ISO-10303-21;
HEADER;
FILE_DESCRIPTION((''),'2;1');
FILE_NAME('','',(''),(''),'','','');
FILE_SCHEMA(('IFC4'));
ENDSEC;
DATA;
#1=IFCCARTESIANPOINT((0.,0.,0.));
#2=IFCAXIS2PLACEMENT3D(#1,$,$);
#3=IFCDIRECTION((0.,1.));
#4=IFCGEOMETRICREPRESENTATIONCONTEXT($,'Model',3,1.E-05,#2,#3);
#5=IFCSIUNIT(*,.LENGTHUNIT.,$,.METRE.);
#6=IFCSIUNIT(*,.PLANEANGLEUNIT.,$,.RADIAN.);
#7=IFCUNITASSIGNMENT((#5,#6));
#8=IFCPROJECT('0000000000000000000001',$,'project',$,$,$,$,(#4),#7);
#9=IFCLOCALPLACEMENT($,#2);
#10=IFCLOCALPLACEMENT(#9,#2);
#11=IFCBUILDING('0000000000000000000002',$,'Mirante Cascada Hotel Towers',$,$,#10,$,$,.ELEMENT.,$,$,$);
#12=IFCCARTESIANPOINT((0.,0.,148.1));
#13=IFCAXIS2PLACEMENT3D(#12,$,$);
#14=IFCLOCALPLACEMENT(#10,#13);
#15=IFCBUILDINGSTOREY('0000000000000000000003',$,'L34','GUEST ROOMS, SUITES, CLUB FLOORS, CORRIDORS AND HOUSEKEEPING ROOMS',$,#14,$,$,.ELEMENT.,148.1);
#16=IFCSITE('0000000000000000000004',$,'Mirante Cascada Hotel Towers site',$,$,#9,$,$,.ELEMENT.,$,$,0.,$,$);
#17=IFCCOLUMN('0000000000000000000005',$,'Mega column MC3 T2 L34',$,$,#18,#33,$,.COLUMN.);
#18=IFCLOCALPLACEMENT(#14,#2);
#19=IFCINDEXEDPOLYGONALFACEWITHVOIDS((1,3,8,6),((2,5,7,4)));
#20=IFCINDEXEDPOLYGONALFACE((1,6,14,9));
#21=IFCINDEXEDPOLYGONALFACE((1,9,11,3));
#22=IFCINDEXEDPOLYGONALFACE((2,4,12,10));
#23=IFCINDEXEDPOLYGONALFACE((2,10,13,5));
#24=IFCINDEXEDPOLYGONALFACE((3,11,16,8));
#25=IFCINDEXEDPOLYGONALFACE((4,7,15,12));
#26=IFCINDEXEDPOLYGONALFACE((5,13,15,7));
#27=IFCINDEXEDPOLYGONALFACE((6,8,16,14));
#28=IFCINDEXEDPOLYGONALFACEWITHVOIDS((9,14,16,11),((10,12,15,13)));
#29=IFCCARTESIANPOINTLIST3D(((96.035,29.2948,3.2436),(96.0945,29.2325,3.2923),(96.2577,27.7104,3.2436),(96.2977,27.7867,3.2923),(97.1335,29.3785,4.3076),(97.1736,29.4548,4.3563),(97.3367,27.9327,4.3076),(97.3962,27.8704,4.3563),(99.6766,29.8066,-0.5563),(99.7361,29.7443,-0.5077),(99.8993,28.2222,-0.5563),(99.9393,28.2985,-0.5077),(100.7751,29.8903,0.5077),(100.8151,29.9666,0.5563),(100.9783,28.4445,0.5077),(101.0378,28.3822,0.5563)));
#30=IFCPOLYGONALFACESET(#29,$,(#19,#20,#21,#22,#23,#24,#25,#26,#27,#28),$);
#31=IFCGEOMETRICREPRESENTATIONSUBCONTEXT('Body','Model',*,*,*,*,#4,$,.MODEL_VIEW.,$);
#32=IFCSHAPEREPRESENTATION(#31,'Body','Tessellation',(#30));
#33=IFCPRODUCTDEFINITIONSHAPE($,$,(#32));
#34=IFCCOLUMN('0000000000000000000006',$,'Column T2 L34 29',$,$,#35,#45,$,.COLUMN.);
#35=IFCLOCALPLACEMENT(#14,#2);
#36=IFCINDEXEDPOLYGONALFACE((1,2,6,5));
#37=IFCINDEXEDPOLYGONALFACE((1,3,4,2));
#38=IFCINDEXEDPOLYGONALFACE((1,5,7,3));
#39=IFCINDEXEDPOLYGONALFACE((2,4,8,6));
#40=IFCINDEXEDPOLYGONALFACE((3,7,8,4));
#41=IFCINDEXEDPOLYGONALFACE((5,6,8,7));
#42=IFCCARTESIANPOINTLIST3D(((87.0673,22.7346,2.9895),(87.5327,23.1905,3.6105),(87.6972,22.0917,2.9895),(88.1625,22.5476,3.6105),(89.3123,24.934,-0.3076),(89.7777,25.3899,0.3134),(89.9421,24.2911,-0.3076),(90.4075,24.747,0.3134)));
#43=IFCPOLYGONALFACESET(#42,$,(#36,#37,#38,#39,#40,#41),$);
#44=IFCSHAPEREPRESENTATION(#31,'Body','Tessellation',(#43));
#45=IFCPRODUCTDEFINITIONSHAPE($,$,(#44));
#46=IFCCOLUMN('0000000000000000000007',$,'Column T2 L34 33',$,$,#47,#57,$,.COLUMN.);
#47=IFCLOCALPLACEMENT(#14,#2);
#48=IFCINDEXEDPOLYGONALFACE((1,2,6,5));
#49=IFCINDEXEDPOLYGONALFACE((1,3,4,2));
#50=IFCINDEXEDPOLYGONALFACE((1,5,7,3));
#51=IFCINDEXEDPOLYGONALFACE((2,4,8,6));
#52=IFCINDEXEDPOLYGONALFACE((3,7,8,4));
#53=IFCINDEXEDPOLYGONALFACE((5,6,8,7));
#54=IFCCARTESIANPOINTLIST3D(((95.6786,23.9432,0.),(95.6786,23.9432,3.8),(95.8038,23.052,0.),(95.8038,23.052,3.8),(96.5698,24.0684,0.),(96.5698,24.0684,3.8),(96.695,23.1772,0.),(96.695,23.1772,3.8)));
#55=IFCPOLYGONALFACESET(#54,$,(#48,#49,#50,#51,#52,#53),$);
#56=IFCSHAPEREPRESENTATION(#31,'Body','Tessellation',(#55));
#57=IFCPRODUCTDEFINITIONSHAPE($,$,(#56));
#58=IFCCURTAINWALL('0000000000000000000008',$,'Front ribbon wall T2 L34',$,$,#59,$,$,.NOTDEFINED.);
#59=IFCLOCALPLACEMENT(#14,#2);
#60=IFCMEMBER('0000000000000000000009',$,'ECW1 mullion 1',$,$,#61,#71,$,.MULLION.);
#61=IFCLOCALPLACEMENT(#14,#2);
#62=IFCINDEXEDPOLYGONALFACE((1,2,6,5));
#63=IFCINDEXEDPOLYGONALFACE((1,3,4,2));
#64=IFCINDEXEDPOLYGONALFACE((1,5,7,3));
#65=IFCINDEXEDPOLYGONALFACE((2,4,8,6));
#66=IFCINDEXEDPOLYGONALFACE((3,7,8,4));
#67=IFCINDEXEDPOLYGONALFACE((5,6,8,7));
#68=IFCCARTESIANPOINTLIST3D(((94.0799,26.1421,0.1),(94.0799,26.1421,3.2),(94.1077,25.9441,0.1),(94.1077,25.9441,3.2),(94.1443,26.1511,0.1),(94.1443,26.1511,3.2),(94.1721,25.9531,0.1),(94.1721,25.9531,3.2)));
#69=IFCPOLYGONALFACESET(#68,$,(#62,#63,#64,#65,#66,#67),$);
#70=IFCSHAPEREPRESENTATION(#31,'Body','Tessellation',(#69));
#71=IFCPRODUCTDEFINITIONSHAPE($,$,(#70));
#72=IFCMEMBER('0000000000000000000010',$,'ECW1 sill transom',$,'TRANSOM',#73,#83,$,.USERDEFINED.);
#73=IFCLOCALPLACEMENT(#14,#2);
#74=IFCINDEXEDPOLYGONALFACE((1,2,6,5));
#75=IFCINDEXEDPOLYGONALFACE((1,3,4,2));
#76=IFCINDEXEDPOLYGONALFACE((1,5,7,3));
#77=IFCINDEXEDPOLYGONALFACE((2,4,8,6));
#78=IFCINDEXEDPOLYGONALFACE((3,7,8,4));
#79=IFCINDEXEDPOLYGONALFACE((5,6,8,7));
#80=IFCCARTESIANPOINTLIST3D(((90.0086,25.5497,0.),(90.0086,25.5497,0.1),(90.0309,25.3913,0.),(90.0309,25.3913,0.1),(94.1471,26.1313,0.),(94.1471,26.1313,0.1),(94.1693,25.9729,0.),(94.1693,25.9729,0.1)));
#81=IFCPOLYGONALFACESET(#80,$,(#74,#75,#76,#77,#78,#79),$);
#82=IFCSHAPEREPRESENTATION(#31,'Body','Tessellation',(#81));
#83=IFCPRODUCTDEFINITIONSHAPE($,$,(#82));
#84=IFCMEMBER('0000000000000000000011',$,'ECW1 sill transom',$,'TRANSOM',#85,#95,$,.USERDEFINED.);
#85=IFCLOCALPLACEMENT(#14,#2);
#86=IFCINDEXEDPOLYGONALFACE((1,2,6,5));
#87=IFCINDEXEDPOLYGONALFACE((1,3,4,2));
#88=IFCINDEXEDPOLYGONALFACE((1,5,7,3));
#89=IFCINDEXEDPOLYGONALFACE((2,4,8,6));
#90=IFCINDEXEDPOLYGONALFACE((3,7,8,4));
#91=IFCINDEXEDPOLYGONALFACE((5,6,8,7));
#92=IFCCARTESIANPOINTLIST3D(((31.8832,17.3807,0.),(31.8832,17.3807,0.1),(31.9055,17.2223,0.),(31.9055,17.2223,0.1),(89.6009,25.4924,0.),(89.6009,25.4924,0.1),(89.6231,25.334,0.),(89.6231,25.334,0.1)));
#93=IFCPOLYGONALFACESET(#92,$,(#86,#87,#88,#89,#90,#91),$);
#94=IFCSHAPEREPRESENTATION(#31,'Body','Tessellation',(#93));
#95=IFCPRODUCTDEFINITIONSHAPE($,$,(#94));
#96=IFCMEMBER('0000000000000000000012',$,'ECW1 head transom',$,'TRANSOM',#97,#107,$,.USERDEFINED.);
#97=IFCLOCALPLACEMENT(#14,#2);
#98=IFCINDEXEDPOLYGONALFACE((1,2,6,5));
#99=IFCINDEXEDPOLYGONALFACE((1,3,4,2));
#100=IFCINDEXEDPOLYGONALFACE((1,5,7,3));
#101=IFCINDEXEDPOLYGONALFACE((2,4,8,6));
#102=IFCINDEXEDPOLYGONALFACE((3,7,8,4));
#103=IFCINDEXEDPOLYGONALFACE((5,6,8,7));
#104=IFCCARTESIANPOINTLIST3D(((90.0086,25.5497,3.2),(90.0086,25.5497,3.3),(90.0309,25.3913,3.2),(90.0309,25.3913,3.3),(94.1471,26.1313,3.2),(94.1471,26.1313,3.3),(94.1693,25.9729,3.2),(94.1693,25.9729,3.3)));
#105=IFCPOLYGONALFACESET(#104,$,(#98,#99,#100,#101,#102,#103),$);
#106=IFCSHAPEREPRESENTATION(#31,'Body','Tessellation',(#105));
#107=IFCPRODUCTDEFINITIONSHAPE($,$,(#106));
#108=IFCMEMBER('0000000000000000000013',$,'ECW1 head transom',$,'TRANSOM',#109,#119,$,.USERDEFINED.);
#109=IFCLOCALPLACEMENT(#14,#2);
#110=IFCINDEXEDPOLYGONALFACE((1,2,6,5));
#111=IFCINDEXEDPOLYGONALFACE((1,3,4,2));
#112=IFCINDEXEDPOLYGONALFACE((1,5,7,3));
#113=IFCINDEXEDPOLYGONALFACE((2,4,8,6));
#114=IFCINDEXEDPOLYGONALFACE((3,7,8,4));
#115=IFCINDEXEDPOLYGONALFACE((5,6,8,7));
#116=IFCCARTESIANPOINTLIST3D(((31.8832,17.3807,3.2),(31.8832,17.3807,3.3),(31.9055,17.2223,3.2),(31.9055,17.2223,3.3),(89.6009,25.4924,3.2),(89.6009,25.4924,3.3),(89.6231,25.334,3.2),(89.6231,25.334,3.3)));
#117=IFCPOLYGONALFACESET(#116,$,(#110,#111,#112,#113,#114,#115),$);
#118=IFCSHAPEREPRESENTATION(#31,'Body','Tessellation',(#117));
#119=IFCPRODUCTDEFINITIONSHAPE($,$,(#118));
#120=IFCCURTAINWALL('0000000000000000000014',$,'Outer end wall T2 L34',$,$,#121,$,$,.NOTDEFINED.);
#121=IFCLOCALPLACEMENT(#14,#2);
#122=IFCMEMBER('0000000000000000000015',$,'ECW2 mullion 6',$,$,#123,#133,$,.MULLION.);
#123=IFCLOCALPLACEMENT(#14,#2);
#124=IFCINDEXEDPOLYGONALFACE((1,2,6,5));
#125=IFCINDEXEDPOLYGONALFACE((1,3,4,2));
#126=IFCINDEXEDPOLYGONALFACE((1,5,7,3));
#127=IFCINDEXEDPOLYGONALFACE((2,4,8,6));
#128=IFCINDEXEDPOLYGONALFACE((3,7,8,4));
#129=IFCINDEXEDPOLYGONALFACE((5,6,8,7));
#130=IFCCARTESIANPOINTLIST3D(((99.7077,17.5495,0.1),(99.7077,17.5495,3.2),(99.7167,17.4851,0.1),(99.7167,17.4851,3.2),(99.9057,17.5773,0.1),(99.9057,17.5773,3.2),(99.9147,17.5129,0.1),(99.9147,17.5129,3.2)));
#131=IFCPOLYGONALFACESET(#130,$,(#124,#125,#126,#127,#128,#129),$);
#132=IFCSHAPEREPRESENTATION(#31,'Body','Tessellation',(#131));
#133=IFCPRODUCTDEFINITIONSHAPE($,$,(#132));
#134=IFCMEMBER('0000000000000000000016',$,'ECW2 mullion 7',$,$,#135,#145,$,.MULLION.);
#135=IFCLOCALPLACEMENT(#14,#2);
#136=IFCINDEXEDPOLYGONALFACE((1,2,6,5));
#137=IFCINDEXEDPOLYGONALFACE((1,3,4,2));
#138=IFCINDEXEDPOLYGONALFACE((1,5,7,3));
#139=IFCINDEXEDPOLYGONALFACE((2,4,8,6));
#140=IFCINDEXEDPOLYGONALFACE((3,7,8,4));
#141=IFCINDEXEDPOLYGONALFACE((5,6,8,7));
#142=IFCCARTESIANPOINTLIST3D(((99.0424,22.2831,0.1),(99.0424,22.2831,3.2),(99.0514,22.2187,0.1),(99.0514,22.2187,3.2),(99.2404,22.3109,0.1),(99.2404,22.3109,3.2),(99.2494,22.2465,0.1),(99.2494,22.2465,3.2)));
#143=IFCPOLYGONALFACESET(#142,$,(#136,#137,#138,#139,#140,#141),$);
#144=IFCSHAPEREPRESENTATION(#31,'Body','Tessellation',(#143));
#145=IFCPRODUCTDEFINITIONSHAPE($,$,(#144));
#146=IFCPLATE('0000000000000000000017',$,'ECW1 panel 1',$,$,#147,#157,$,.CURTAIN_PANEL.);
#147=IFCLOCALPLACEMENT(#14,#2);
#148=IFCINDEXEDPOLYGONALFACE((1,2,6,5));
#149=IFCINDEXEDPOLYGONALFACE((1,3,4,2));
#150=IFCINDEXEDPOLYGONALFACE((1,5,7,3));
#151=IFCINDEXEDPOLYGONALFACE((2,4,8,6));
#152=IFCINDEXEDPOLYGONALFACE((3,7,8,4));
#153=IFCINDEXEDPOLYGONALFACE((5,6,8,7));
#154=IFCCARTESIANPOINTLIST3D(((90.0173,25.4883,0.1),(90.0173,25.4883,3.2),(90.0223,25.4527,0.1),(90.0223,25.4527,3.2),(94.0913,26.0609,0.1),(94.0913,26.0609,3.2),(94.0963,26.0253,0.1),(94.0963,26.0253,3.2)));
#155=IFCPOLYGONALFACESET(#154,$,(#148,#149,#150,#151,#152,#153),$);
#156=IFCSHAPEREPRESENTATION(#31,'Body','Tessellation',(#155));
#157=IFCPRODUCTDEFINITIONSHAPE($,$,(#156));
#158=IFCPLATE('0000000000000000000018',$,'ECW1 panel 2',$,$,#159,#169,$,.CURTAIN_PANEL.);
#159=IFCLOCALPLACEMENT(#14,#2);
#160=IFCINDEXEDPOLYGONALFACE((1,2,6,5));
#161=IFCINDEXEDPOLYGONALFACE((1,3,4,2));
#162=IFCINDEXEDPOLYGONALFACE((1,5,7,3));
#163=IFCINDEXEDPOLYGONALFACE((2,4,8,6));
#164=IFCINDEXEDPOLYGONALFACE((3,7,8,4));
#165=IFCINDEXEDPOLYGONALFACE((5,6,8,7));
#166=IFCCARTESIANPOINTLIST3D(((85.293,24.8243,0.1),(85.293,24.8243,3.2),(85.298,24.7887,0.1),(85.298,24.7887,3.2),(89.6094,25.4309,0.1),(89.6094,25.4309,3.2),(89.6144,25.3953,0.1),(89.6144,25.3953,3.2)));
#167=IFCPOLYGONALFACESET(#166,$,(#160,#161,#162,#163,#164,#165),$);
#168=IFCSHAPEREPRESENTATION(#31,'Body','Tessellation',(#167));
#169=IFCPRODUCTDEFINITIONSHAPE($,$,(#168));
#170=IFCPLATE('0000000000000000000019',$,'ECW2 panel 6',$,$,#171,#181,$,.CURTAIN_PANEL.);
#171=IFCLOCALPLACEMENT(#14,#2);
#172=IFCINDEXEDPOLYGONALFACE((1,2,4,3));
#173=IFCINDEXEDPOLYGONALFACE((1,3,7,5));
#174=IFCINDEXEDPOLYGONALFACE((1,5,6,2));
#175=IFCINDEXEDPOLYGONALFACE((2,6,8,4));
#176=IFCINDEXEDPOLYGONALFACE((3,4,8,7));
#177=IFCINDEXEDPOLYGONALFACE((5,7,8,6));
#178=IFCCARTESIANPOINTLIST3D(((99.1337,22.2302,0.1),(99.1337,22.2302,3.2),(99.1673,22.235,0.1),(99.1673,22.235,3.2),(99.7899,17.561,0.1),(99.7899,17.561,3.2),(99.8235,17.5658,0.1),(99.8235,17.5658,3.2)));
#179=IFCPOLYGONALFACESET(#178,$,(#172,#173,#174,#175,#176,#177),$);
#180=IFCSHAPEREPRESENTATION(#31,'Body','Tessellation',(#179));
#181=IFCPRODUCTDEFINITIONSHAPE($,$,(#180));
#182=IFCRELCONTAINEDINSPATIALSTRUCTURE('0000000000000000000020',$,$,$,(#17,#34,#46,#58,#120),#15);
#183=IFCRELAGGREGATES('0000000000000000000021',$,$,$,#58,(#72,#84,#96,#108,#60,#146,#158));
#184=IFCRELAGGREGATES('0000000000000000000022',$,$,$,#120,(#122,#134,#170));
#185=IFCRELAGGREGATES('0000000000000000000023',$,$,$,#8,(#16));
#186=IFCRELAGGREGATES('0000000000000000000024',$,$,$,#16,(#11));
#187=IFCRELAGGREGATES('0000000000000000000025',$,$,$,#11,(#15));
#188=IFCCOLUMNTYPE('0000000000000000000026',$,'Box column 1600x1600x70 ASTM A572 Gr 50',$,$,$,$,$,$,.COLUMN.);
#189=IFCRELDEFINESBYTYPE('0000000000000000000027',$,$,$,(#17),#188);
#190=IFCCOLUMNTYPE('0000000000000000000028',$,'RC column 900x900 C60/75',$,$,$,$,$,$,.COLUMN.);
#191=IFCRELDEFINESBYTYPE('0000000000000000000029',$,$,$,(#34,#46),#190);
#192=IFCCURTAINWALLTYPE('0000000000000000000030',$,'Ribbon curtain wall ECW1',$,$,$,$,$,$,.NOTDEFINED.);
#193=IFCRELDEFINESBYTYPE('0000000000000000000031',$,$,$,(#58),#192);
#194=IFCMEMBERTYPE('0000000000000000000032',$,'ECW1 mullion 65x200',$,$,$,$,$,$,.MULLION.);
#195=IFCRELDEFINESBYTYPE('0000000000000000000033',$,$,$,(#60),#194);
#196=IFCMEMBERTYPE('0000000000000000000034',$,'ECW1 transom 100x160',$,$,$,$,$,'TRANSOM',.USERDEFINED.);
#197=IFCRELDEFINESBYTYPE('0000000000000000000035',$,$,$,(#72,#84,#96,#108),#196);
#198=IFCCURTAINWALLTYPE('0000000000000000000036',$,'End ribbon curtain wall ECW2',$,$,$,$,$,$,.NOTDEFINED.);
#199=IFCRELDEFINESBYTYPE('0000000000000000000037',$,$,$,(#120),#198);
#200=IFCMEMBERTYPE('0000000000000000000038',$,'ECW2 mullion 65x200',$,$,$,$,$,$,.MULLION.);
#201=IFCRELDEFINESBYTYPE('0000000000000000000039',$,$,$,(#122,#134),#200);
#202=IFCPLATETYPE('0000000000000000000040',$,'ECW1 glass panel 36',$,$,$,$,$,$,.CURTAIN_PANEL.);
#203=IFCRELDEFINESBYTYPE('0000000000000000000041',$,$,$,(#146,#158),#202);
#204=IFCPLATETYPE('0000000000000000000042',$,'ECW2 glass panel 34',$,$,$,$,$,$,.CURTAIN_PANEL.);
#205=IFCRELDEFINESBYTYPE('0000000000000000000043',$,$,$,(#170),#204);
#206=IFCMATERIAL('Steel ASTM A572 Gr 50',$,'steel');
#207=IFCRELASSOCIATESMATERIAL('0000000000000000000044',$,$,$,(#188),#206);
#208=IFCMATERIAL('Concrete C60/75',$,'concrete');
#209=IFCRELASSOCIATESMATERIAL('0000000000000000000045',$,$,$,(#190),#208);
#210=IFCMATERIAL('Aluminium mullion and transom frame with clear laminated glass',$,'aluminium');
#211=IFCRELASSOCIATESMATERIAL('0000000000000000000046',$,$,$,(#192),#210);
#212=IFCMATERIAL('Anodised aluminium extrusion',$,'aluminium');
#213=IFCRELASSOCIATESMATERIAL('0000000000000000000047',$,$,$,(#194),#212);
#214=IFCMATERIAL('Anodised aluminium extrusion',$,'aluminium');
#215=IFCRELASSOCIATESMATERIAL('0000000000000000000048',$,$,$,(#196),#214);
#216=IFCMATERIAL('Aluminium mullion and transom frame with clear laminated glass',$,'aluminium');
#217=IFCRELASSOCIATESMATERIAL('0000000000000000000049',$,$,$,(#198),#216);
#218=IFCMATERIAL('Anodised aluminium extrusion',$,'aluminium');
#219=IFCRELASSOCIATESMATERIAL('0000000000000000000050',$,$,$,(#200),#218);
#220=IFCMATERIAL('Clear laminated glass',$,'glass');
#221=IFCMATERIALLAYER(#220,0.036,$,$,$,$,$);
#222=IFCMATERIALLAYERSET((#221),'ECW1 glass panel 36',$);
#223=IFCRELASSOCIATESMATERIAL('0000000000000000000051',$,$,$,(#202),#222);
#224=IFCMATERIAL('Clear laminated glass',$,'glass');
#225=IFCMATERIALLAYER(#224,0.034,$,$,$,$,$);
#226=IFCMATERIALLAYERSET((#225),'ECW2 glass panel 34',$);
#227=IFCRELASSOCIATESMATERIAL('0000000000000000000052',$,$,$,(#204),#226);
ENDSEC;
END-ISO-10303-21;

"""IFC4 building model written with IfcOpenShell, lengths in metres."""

from ifc_helpers import new_model, si_unit, direction, frame, origin, origin_2d, place, context, subcontext, project, spatial, rectangle, hollow_rectangle, extrude, material, layer, layer_set, material_profile, profile_set, type_object, element, aggregate, save


model = new_model("IFC4")

# Units and contexts
model_context = context("Model", 3, precision=1e-05, world=origin(), true_north=direction((0.0, 1.0)))
body_context = subcontext(model_context, "Body", "Model", "MODEL_VIEW")
ifc_project = project(units=[si_unit("LENGTHUNIT", "METRE"), si_unit("PLANEANGLEUNIT", "RADIAN")], contexts=[model_context])

# Site, building, storey
site_placement = place(None, origin())
site = spatial("IfcSite", under=ifc_project, at=site_placement, Name="Mirante Cascada Hotel Towers site", CompositionType="ELEMENT", RefElevation=0.0)
building_placement = place(site_placement, origin())
building = spatial("IfcBuilding", under=site, at=building_placement, Name="Mirante Cascada Hotel Towers", CompositionType="ELEMENT")
storey_placement = place(building_placement, frame((0.0, 0.0, 148.1)))
storey = spatial("IfcBuildingStorey", under=building, at=storey_placement, Name="L34", Description="GUEST ROOMS, SUITES, CLUB FLOORS, CORRIDORS AND HOUSEKEEPING ROOMS", CompositionType="ELEMENT", Elevation=148.1)

# Columns
ifc_material_1 = material(Name="Steel ASTM A572 Gr 50", Category="steel")
ifc_material_profile_1 = material_profile(ifc_material_1, hollow_rectangle(XDim=1.6, YDim=1.6, WallThickness=0.07, at=origin_2d()), Name="Box column 1600x1600x70 ASTM A572 Gr 50")
ifc_profile_set_1 = profile_set([ifc_material_profile_1], Name="Steel ASTM A572 Gr 50")
column_type_1 = type_object("IfcColumnType", Name="Box column 1600x1600x70 ASTM A572 Gr 50", PredefinedType="COLUMN", material=ifc_profile_set_1)
column_1_placement = place(storey_placement, frame((100.3572, 29.0944, 0.0), z_axis=(-0.688651, -0.096785, 0.718605), x_axis=(0.139175, -0.990268, 0.0)))
element("IfcColumn", 1, at=column_1_placement, inside=storey, type_object=column_type_1, Name="Mega column MC3 T2 L34", PredefinedType="COLUMN", context=body_context, shape_type="SweptSolid", body=[
    extrude(hollow_rectangle(XDim=1.6, YDim=1.6, WallThickness=0.07, at=origin_2d()), origin(), (0.0, 0.0, 1.0), 5.288),
])
ifc_material_2 = material(Name="Concrete C60/75", Category="concrete")
ifc_material_profile_2 = material_profile(ifc_material_2, rectangle(XDim=0.9, YDim=0.9, at=origin_2d()), Name="RC column 900x900 C60/75")
ifc_profile_set_2 = profile_set([ifc_material_profile_2], Name="Concrete C60/75")
column_type_2 = type_object("IfcColumnType", Name="RC column 900x900 C60/75", PredefinedType="COLUMN", material=ifc_profile_set_2)
column_2_placement = place(storey_placement, frame((89.8599, 24.8405, 0.0029), z_axis=(-0.492862, -0.482851, 0.723838), x_axis=(0.699815, -0.714324, 0.0)))
element("IfcColumn", 2, at=column_2_placement, inside=storey, type_object=column_type_2, Name="Column T2 L34 29", PredefinedType="COLUMN", context=body_context, shape_type="SweptSolid", body=[
    extrude(rectangle(XDim=0.9, YDim=0.9, at=origin_2d()), origin(), (0.0, 0.0, 1.0), 4.555),
])
column_3_placement = place(storey_placement, frame((96.1868, 23.5602, 0.0), z_axis=(0.0, 0.0, 1.0), x_axis=(0.990268, 0.139173, 0.0)))
element("IfcColumn", 3, at=column_3_placement, inside=storey, type_object=column_type_2, Name="Column T2 L34 33", PredefinedType="COLUMN", context=body_context, shape_type="SweptSolid", body=[
    extrude(rectangle(XDim=0.9, YDim=0.9, at=origin_2d()), origin(), (0.0, 0.0, 1.0), 3.8),
])

# Curtain walls, members
ifc_material_3 = material(Name="Aluminium mullion and transom frame with clear laminated glass", Category="aluminium")
curtain_wall_type_1 = type_object("IfcCurtainWallType", Name="Ribbon curtain wall ECW1", PredefinedType="NOTDEFINED", material=ifc_material_3)
curtain_wall_1_placement = place(storey_placement, origin())
curtain_wall_1 = element("IfcCurtainWall", 4, at=curtain_wall_1_placement, inside=storey, type_object=curtain_wall_type_1, Name="Front ribbon wall T2 L34", PredefinedType="NOTDEFINED")
ifc_material_4 = material(Name="Anodised aluminium extrusion", Category="aluminium")
ifc_material_profile_3 = material_profile(ifc_material_4, rectangle(XDim=0.2, YDim=0.065, at=origin_2d()), Name="ECW1 MULLION 65x200")
ifc_profile_set_3 = profile_set([ifc_material_profile_3], Name="Anodised aluminium extrusion")
member_type_1 = type_object("IfcMemberType", Name="ECW1 mullion 65x200", PredefinedType="MULLION", material=ifc_profile_set_3)
member_1_placement = place(storey_placement, frame((94.126, 26.0476, 0.1), z_axis=(0.0, 0.0, 1.0), x_axis=(0.139173, -0.990268, 0.0)))
member_1 = element("IfcMember", 5, at=member_1_placement, type_object=member_type_1, Name="ECW1 mullion 1", PredefinedType="MULLION", context=body_context, shape_type="SweptSolid", body=[
    extrude(rectangle(XDim=0.2, YDim=0.065, at=origin_2d()), origin(), (0.0, 0.0, 1.0), 3.1),
])
ifc_material_5 = material(Name="Anodised aluminium extrusion", Category="aluminium")
ifc_material_profile_4 = material_profile(ifc_material_5, rectangle(XDim=0.16, YDim=0.1, at=origin_2d()), Name="ECW1 TRANSOM 100x160")
ifc_profile_set_4 = profile_set([ifc_material_profile_4], Name="Anodised aluminium extrusion")
member_type_2 = type_object("IfcMemberType", Name="ECW1 transom 100x160", ElementType="TRANSOM", PredefinedType="USERDEFINED", material=ifc_profile_set_4)
member_2_placement = place(storey_placement, frame((94.1582, 26.0521, 0.05), z_axis=(-0.990268, -0.13917, 0.0), x_axis=(0.13917, -0.990268, 0.0)))
member_2 = element("IfcMember", 6, at=member_2_placement, type_object=member_type_2, Name="ECW1 sill transom", ObjectType="TRANSOM", PredefinedType="USERDEFINED", context=body_context, shape_type="SweptSolid", body=[
    extrude(rectangle(XDim=0.16, YDim=0.1, at=origin_2d()), origin(), (0.0, 0.0, 1.0), 4.1791),
])
member_3_placement = place(storey_placement, frame((89.612, 25.4132, 0.05), z_axis=(-0.990268, -0.139173, 0.0), x_axis=(0.139173, -0.990268, 0.0)))
member_3 = element("IfcMember", 7, at=member_3_placement, type_object=member_type_2, Name="ECW1 sill transom", ObjectType="TRANSOM", PredefinedType="USERDEFINED", context=body_context, shape_type="SweptSolid", body=[
    extrude(rectangle(XDim=0.16, YDim=0.1, at=origin_2d()), origin(), (0.0, 0.0, 1.0), 58.2849),
])
member_4_placement = place(storey_placement, frame((94.1582, 26.0521, 3.25), z_axis=(-0.990268, -0.13917, 0.0), x_axis=(0.13917, -0.990268, 0.0)))
member_4 = element("IfcMember", 8, at=member_4_placement, type_object=member_type_2, Name="ECW1 head transom", ObjectType="TRANSOM", PredefinedType="USERDEFINED", context=body_context, shape_type="SweptSolid", body=[
    extrude(rectangle(XDim=0.16, YDim=0.1, at=origin_2d()), origin(), (0.0, 0.0, 1.0), 4.1791),
])
member_5_placement = place(storey_placement, frame((89.612, 25.4132, 3.25), z_axis=(-0.990268, -0.139173, 0.0), x_axis=(0.139173, -0.990268, 0.0)))
member_5 = element("IfcMember", 9, at=member_5_placement, type_object=member_type_2, Name="ECW1 head transom", ObjectType="TRANSOM", PredefinedType="USERDEFINED", context=body_context, shape_type="SweptSolid", body=[
    extrude(rectangle(XDim=0.16, YDim=0.1, at=origin_2d()), origin(), (0.0, 0.0, 1.0), 58.2849),
])
ifc_material_6 = material(Name="Aluminium mullion and transom frame with clear laminated glass", Category="aluminium")
curtain_wall_type_2 = type_object("IfcCurtainWallType", Name="End ribbon curtain wall ECW2", PredefinedType="NOTDEFINED", material=ifc_material_6)
curtain_wall_2_placement = place(storey_placement, origin())
curtain_wall_2 = element("IfcCurtainWall", 10, at=curtain_wall_2_placement, inside=storey, type_object=curtain_wall_type_2, Name="Outer end wall T2 L34", PredefinedType="NOTDEFINED")
ifc_material_7 = material(Name="Anodised aluminium extrusion", Category="aluminium")
ifc_material_profile_5 = material_profile(ifc_material_7, rectangle(XDim=0.2, YDim=0.065, at=origin_2d()), Name="ECW2 MULLION 65x200")
ifc_profile_set_5 = profile_set([ifc_material_profile_5], Name="Anodised aluminium extrusion")
member_type_3 = type_object("IfcMemberType", Name="ECW2 mullion 65x200", PredefinedType="MULLION", material=ifc_profile_set_5)
member_6_placement = place(storey_placement, frame((99.8112, 17.5312, 0.1), z_axis=(0.0, 0.0, 1.0), x_axis=(-0.990268, -0.139173, 0.0)))
member_6 = element("IfcMember", 11, at=member_6_placement, type_object=member_type_3, Name="ECW2 mullion 6", PredefinedType="MULLION", context=body_context, shape_type="SweptSolid", body=[
    extrude(rectangle(XDim=0.2, YDim=0.065, at=origin_2d()), origin(), (0.0, 0.0, 1.0), 3.1),
])
member_7_placement = place(storey_placement, frame((99.1459, 22.2648, 0.1), z_axis=(0.0, 0.0, 1.0), x_axis=(-0.990268, -0.139173, 0.0)))
member_7 = element("IfcMember", 12, at=member_7_placement, type_object=member_type_3, Name="ECW2 mullion 7", PredefinedType="MULLION", context=body_context, shape_type="SweptSolid", body=[
    extrude(rectangle(XDim=0.2, YDim=0.065, at=origin_2d()), origin(), (0.0, 0.0, 1.0), 3.1),
])

# Plates
ifc_material_8 = material(Name="Clear laminated glass", Category="glass")
ifc_layer_1 = layer(ifc_material_8, 0.036)
ifc_layer_set_1 = layer_set([ifc_layer_1], Name="ECW1 glass panel 36")
plate_type_1 = type_object("IfcPlateType", Name="ECW1 glass panel 36", PredefinedType="CURTAIN_PANEL", material=ifc_layer_set_1)
plate_1_placement = place(storey_placement, frame((92.0568, 25.7568, 0.1), z_axis=(0.0, 0.0, 1.0), x_axis=(-0.990268, -0.139173, 0.0)))
plate_1 = element("IfcPlate", 13, at=plate_1_placement, type_object=plate_type_1, Name="ECW1 panel 1", PredefinedType="CURTAIN_PANEL", context=body_context, shape_type="SweptSolid", body=[
    extrude(rectangle(XDim=4.114, YDim=0.036, at=origin_2d()), origin(), (0.0, 0.0, 1.0), 3.1),
])
plate_2_placement = place(storey_placement, frame((87.4537, 25.1098, 0.1), z_axis=(0.0, 0.0, 1.0), x_axis=(-0.990268, -0.139173, 0.0)))
plate_2 = element("IfcPlate", 14, at=plate_2_placement, type_object=plate_type_1, Name="ECW1 panel 2", PredefinedType="CURTAIN_PANEL", context=body_context, shape_type="SweptSolid", body=[
    extrude(rectangle(XDim=4.3589, YDim=0.036, at=origin_2d()), origin(), (0.0, 0.0, 1.0), 3.1),
])
aggregate(curtain_wall_1, [member_2, member_3, member_4, member_5, member_1, plate_1, plate_2])
ifc_material_9 = material(Name="Clear laminated glass", Category="glass")
ifc_layer_2 = layer(ifc_material_9, 0.034)
ifc_layer_set_2 = layer_set([ifc_layer_2], Name="ECW2 glass panel 34")
plate_type_2 = type_object("IfcPlateType", Name="ECW2 glass panel 34", PredefinedType="CURTAIN_PANEL", material=ifc_layer_set_2)
plate_3_placement = place(storey_placement, frame((99.4786, 19.898, 0.1), z_axis=(0.0, 0.0, 1.0), x_axis=(-0.139173, 0.990268, 0.0)))
plate_3 = element("IfcPlate", 15, at=plate_3_placement, type_object=plate_type_2, Name="ECW2 panel 6", PredefinedType="CURTAIN_PANEL", context=body_context, shape_type="SweptSolid", body=[
    extrude(rectangle(XDim=4.7151, YDim=0.034, at=origin_2d()), origin(), (0.0, 0.0, 1.0), 3.1),
])
aggregate(curtain_wall_2, [member_6, member_7, plate_3])

save(model, "model.ifc")
